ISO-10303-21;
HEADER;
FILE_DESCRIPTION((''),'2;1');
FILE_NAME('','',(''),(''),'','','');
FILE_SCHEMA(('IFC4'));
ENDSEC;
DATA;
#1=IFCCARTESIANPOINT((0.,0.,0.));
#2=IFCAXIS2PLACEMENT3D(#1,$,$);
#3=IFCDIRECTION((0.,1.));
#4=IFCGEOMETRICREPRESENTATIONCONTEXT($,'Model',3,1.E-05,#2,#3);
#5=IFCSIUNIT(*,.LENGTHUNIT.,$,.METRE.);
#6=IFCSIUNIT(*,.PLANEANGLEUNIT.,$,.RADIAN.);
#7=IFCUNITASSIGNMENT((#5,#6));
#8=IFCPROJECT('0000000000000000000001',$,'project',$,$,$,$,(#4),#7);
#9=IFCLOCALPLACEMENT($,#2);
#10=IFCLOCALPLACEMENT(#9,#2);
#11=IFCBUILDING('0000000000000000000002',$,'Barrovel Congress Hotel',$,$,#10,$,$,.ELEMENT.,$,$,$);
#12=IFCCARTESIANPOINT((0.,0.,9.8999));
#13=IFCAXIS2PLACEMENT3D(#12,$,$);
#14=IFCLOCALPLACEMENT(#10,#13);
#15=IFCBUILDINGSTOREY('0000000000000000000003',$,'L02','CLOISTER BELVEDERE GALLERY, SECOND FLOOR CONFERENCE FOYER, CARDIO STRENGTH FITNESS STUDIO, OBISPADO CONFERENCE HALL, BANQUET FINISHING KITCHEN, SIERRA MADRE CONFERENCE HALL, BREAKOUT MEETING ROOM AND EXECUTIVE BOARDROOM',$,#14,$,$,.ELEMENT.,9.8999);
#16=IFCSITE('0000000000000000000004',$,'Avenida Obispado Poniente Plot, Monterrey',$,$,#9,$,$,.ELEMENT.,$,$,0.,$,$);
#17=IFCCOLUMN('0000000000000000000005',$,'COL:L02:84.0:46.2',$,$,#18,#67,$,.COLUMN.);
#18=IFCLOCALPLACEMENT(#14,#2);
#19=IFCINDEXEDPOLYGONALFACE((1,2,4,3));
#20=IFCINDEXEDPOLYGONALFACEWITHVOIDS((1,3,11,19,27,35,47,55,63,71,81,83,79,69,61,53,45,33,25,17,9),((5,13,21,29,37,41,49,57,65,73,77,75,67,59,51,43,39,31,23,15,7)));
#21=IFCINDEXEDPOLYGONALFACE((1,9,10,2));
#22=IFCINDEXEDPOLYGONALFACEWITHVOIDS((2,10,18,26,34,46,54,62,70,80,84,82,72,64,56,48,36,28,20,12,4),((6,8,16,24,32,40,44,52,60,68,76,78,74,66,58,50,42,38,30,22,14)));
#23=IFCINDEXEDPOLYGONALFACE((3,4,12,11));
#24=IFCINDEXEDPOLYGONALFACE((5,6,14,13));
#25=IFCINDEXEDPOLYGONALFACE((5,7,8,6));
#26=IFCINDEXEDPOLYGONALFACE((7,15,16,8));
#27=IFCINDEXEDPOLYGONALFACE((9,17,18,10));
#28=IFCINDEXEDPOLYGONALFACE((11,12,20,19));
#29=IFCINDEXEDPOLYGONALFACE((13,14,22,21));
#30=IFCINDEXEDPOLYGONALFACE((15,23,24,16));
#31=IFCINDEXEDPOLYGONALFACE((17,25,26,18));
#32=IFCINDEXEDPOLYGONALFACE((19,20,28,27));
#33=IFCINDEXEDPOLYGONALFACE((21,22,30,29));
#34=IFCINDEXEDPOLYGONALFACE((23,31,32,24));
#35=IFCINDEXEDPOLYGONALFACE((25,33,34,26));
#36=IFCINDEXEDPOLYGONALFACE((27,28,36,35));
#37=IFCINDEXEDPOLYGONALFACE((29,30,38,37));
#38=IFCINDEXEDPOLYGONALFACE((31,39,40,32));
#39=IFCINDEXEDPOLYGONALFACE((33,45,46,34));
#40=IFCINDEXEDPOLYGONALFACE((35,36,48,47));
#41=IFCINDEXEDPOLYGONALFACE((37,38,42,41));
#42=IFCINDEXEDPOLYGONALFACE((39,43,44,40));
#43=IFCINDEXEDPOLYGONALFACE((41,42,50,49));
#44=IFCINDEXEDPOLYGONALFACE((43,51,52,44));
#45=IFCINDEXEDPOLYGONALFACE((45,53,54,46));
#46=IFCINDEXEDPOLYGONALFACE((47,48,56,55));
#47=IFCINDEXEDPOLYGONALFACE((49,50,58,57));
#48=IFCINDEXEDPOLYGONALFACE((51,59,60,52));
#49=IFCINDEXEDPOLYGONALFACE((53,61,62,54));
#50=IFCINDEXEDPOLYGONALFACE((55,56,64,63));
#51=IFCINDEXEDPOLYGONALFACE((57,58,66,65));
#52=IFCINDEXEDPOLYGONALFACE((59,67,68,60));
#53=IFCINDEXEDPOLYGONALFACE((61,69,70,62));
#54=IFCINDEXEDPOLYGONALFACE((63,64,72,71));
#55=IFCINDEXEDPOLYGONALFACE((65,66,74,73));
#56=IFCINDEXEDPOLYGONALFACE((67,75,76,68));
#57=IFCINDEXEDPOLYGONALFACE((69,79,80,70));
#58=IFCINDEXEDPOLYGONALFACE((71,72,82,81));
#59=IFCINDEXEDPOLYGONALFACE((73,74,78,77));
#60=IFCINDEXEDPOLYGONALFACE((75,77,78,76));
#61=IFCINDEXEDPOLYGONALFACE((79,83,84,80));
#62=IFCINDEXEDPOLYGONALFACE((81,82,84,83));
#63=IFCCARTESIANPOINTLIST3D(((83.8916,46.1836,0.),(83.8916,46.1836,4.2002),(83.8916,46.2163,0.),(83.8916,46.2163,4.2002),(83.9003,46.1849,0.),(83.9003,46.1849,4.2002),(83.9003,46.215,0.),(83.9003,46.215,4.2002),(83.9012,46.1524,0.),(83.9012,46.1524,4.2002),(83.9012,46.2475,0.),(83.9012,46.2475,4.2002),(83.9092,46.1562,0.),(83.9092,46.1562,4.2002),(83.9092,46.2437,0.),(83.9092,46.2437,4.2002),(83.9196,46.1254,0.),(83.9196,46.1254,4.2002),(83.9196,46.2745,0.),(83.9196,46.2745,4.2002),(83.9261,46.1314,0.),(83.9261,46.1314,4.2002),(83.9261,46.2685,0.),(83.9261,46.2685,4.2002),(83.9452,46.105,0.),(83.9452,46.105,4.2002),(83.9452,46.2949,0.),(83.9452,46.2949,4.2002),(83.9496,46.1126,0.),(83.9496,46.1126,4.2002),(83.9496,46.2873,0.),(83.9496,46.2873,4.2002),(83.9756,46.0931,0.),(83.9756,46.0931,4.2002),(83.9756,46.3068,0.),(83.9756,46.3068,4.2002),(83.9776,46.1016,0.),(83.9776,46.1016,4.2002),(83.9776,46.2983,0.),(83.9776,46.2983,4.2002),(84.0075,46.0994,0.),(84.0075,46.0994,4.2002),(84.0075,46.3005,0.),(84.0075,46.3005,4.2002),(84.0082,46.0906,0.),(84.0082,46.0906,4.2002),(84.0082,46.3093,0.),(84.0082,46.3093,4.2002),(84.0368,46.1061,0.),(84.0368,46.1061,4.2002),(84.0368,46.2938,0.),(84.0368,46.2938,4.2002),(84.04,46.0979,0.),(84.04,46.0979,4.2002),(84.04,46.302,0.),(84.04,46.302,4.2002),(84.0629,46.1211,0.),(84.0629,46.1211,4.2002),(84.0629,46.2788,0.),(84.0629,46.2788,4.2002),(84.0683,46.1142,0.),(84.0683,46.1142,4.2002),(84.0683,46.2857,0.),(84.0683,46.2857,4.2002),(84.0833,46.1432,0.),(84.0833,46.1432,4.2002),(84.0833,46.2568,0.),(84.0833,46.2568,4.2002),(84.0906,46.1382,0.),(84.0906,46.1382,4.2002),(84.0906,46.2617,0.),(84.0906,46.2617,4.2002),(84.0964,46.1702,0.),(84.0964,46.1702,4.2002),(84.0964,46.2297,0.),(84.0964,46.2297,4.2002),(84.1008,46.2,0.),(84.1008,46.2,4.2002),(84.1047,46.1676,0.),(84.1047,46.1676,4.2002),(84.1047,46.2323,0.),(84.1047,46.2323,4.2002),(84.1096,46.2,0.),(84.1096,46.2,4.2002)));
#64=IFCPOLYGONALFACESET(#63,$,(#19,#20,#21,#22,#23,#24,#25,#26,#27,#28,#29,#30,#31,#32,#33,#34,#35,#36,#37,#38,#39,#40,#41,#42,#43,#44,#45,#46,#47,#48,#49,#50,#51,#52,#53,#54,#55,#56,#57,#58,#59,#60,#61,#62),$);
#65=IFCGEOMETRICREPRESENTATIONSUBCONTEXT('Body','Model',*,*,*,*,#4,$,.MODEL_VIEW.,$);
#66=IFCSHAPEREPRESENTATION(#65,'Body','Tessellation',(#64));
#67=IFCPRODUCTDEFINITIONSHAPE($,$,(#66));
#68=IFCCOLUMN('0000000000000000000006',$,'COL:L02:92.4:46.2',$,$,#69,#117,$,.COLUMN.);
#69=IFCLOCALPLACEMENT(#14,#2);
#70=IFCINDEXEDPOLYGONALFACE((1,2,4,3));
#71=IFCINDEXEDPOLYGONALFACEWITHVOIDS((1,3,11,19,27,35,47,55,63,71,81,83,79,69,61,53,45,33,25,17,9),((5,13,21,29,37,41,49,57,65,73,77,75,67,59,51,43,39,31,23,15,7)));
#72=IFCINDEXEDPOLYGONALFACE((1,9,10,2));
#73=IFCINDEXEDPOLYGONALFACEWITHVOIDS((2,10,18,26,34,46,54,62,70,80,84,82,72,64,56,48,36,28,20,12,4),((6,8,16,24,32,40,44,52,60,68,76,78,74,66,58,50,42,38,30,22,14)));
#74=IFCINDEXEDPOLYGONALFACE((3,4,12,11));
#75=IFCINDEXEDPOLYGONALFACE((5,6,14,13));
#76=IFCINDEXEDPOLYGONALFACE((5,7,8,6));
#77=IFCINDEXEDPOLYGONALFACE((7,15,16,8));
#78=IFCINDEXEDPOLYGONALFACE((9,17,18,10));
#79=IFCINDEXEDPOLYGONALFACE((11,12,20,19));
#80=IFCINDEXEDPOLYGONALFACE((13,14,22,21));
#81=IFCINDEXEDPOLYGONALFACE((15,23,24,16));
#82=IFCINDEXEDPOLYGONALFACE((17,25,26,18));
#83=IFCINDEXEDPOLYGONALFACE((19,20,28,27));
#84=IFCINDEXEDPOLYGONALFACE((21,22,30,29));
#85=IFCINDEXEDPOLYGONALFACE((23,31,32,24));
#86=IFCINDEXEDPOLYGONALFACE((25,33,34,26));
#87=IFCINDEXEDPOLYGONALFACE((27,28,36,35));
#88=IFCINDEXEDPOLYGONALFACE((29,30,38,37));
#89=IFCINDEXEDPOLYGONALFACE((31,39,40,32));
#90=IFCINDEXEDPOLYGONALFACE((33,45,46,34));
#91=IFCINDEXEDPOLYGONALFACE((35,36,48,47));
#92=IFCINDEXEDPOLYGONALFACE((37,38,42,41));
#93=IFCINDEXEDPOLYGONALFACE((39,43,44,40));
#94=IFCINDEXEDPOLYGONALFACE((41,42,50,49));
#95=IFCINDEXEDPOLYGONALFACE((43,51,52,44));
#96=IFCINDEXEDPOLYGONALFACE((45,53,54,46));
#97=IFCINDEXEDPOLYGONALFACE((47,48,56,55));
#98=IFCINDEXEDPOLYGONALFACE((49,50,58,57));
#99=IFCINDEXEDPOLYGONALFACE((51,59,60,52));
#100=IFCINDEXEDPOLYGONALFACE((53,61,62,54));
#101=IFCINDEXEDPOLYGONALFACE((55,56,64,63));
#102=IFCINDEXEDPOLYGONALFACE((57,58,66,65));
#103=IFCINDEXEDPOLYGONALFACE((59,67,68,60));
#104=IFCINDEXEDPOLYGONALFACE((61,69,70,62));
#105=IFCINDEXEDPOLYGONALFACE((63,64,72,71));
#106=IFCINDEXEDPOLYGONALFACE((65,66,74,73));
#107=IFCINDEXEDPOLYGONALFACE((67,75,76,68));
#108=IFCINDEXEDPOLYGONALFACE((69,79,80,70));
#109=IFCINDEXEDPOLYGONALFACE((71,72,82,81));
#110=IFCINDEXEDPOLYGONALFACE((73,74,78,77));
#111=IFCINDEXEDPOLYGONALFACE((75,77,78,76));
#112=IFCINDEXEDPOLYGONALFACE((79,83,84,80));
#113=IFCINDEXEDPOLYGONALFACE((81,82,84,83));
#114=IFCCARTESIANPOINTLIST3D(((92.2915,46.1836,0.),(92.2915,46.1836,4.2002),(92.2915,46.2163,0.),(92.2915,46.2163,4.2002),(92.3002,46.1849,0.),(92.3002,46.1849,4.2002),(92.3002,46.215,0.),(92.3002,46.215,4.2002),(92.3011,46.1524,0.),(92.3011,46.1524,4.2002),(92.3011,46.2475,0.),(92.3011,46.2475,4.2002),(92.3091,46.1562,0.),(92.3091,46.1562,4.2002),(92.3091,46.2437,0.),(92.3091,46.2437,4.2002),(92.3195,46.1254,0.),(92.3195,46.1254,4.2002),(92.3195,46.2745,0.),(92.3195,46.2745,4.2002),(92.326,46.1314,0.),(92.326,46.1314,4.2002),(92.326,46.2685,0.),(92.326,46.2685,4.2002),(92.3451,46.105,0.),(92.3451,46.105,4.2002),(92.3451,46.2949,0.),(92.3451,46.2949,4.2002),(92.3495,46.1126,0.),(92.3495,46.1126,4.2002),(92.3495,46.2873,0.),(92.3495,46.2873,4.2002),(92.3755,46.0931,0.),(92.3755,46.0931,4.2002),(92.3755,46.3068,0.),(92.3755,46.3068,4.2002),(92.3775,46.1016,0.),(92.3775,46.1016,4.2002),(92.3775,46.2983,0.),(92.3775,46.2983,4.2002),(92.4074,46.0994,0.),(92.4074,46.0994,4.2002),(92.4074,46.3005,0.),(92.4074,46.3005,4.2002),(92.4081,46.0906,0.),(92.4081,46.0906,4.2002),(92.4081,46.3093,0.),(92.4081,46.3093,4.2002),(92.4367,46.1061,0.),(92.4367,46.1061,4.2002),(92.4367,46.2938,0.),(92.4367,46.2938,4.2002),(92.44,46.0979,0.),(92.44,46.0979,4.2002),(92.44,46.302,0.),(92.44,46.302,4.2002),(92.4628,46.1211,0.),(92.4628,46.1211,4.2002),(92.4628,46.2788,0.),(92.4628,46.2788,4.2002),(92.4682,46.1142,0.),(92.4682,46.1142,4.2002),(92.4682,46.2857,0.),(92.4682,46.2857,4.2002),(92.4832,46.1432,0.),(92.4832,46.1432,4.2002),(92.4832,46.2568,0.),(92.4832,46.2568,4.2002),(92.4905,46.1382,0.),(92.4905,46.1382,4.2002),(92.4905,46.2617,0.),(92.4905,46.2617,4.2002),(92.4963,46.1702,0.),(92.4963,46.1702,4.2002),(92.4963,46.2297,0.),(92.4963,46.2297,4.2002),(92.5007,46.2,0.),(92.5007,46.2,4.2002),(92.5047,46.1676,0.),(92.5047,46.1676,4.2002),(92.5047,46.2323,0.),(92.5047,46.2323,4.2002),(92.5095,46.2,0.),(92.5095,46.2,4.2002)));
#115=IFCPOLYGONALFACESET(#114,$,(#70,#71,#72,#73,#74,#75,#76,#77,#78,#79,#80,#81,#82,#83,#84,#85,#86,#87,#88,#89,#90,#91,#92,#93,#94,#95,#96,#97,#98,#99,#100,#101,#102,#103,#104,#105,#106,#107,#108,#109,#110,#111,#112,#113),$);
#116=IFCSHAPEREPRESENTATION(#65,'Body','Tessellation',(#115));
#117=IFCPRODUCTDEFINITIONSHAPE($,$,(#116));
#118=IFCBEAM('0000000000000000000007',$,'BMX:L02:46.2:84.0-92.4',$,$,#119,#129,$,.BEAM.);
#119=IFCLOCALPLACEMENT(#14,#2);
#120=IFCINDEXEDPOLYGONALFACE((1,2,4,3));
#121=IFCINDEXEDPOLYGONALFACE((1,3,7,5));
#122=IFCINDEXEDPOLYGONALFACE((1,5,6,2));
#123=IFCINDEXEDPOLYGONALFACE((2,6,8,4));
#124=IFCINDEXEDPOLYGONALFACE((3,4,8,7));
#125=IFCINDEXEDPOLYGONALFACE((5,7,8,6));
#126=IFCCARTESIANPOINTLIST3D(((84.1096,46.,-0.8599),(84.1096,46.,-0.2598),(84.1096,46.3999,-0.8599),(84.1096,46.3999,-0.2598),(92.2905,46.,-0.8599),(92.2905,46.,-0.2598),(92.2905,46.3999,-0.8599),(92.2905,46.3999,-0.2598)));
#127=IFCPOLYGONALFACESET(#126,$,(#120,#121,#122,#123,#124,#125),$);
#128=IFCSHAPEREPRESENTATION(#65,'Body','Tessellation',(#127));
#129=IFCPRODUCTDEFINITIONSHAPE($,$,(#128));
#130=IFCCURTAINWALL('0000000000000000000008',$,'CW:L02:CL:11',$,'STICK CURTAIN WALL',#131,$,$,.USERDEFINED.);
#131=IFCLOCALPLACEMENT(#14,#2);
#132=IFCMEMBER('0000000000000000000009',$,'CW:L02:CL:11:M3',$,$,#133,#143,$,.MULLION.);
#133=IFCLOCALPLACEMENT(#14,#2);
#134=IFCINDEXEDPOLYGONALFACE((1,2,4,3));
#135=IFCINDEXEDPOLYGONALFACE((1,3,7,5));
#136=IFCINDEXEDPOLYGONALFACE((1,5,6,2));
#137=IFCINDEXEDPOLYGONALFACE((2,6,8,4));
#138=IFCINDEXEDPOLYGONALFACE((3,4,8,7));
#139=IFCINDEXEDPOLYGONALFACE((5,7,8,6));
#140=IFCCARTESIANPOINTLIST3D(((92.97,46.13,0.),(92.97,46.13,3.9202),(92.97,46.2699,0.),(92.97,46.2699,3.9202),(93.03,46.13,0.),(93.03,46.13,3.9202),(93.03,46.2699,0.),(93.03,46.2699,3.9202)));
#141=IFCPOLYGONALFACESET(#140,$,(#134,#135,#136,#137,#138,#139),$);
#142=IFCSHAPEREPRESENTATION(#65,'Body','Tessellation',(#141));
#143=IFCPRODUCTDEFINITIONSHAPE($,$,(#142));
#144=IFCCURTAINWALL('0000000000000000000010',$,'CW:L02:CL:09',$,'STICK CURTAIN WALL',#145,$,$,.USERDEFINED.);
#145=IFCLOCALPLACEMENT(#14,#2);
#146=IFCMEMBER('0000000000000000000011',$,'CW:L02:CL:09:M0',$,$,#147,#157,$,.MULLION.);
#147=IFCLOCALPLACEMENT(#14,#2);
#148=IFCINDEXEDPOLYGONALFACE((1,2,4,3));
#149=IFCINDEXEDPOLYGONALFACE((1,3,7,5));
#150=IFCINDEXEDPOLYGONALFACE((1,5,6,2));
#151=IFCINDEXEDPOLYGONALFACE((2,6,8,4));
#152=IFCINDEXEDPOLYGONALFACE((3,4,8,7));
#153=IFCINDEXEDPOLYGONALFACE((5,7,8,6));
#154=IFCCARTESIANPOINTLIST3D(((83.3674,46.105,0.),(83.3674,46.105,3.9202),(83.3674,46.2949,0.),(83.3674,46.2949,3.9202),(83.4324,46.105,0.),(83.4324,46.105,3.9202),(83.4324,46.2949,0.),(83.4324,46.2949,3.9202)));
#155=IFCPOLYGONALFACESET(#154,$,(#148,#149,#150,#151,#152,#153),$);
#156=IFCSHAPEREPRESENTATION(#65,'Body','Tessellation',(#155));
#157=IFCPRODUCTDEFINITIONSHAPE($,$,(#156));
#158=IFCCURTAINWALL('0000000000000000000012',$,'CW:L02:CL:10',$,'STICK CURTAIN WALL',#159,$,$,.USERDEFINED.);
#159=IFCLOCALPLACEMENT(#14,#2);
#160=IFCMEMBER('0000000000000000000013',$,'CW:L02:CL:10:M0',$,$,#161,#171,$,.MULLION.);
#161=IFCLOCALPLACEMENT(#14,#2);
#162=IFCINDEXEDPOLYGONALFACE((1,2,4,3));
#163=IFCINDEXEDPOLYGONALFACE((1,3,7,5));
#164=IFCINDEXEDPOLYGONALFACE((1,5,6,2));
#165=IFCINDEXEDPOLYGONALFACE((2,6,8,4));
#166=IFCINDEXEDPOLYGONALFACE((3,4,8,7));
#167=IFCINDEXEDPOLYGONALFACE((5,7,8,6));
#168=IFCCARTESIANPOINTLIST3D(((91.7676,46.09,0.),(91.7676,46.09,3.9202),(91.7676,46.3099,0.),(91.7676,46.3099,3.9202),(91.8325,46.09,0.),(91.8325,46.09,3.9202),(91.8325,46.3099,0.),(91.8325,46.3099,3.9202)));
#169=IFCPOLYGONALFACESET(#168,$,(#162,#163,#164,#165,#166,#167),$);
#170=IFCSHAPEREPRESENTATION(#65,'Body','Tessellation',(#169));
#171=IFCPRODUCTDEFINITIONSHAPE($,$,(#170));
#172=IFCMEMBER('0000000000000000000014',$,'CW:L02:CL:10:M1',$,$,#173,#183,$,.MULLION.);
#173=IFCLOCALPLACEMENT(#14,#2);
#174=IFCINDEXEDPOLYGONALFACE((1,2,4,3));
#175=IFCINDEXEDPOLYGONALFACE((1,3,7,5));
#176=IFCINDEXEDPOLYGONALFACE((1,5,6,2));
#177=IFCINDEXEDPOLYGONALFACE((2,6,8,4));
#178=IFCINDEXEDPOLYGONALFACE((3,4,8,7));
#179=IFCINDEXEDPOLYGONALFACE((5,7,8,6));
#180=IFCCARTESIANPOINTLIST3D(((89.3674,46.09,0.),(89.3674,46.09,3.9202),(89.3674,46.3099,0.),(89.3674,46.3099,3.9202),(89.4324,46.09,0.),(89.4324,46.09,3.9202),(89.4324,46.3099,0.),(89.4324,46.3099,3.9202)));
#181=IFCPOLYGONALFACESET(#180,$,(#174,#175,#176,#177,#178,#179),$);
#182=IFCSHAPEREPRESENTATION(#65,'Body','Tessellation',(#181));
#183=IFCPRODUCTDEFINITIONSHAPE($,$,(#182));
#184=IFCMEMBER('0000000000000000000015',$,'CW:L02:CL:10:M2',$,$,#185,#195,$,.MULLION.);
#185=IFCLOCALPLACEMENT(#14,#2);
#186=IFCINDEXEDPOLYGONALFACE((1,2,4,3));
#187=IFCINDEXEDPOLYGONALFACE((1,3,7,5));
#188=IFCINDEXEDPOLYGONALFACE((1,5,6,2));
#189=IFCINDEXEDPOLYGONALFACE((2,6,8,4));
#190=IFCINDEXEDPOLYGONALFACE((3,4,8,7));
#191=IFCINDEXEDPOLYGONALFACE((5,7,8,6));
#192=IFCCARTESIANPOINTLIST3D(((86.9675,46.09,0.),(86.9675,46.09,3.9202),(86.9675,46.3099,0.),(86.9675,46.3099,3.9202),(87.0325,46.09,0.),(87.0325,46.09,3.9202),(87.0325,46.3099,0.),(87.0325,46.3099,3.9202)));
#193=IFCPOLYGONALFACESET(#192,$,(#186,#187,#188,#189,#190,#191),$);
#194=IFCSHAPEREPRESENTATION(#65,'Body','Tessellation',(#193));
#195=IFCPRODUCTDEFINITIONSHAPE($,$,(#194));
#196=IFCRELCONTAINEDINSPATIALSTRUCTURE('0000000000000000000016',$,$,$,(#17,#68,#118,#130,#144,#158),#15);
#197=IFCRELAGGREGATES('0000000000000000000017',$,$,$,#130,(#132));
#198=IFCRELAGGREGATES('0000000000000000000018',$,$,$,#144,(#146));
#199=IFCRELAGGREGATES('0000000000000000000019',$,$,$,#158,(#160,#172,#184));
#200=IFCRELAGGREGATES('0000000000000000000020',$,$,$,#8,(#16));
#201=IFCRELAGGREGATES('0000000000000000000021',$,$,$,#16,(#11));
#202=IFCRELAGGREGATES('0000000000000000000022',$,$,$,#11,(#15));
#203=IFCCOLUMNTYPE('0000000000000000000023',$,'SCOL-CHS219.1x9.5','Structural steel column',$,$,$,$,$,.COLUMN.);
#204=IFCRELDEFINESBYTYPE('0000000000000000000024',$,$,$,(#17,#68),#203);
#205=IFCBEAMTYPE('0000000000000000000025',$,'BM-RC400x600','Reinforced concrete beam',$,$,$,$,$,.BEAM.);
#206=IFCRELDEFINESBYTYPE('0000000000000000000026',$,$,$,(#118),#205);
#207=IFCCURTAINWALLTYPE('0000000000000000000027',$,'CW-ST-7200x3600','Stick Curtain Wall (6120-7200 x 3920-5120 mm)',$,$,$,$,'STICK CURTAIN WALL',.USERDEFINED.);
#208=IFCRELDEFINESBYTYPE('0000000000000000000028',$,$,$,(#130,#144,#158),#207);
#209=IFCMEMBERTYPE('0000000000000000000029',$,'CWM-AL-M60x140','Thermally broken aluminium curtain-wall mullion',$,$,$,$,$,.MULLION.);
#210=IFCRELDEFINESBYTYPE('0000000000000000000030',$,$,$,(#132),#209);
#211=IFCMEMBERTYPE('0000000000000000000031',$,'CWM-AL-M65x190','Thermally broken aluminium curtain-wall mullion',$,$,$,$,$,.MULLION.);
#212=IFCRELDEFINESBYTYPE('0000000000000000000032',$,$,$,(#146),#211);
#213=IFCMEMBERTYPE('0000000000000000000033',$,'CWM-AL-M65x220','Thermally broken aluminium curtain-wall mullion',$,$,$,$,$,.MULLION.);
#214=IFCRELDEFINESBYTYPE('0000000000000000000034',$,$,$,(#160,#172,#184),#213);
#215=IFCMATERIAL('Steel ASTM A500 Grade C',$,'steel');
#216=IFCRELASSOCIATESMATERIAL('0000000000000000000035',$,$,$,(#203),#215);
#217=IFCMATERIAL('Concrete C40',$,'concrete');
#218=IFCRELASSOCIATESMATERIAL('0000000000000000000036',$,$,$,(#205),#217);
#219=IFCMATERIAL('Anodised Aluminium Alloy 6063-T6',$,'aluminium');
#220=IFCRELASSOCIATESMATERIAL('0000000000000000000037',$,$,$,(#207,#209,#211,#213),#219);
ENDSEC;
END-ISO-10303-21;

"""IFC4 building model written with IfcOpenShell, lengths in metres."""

from ifc_helpers import new_model, si_unit, direction, frame, origin, origin_2d, place, context, subcontext, project, spatial, rectangle, hollow_circle, extrude, material, material_profile, profile_set, type_object, element, aggregate, save


model = new_model("IFC4")

# Units and contexts
model_context = context("Model", 3, precision=1e-05, world=origin(), true_north=direction((0.0, 1.0)))
body_context = subcontext(model_context, "Body", "Model", "MODEL_VIEW")
ifc_project = project(units=[si_unit("LENGTHUNIT", "METRE"), si_unit("PLANEANGLEUNIT", "RADIAN")], contexts=[model_context])

# Site, building, storey
site_placement = place(None, origin())
site = spatial("IfcSite", under=ifc_project, at=site_placement, Name="Avenida Obispado Poniente Plot, Monterrey", CompositionType="ELEMENT", RefElevation=0.0)
building_placement = place(site_placement, origin())
building = spatial("IfcBuilding", under=site, at=building_placement, Name="Barrovel Congress Hotel", CompositionType="ELEMENT")
storey_placement = place(building_placement, frame((0.0, 0.0, 9.8999)))
storey = spatial("IfcBuildingStorey", under=building, at=storey_placement, Name="L02", Description="CLOISTER BELVEDERE GALLERY, SECOND FLOOR CONFERENCE FOYER, CARDIO STRENGTH FITNESS STUDIO, OBISPADO CONFERENCE HALL, BANQUET FINISHING KITCHEN, SIERRA MADRE CONFERENCE HALL, BREAKOUT MEETING ROOM AND EXECUTIVE BOARDROOM", CompositionType="ELEMENT", Elevation=9.8999)

# Columns
ifc_material_1 = material(Name="Steel ASTM A500 Grade C", Category="steel")
ifc_material_profile_1 = material_profile(ifc_material_1, hollow_circle(Radius=0.1096, WallThickness=0.0088, at=origin_2d()), Name="CHS219.1x9.5")
ifc_profile_set_1 = profile_set([ifc_material_profile_1], Name="Steel ASTM A500 Grade C")
column_type = type_object("IfcColumnType", Name="SCOL-CHS219.1x9.5", Description="Structural steel column", PredefinedType="COLUMN", material=ifc_profile_set_1)
for number, where, z_axis, x_axis, name in (
    (1, (84.0, 46.2, 0.0), (0.0, 0.0, 1.0), (1.0, 0.0, 0.0), "COL:L02:84.0:46.2"),
    (2, (92.3999, 46.2, 0.0), (0.0, 0.0, 1.0), (1.0, 0.0, 0.0), "COL:L02:92.4:46.2"),
):
    element("IfcColumn", number, at=place(storey_placement, frame(where, z_axis=z_axis, x_axis=x_axis)), inside=storey, type_object=column_type, Name=name, PredefinedType="COLUMN", context=body_context, shape_type="SweptSolid", body=[
        extrude(hollow_circle(Radius=0.1096, WallThickness=0.0088, at=origin_2d()), origin(), (0.0, 0.0, 1.0), 4.2002),
    ])

# Beam
ifc_material_2 = material(Name="Concrete C40", Category="concrete")
ifc_material_profile_2 = material_profile(ifc_material_2, rectangle(XDim=0.3999, YDim=0.6001, at=origin_2d()), Name="RC400x600")
ifc_profile_set_2 = profile_set([ifc_material_profile_2], Name="Concrete C40")
beam_type_1 = type_object("IfcBeamType", Name="BM-RC400x600", Description="Reinforced concrete beam", PredefinedType="BEAM", material=ifc_profile_set_2)
beam_1_placement = place(storey_placement, frame((84.1096, 46.2, -0.5598), z_axis=(1.0, 0.0, 0.0), x_axis=(0.0, 1.0, 0.0)))
element("IfcBeam", 3, at=beam_1_placement, inside=storey, type_object=beam_type_1, Name="BMX:L02:46.2:84.0-92.4", PredefinedType="BEAM", context=body_context, shape_type="SweptSolid", body=[
    extrude(rectangle(XDim=0.3999, YDim=0.6001, at=origin_2d()), origin(), (0.0, 0.0, 1.0), 8.1809),
])

# Curtain walls, members
ifc_material_3 = material(Name="Anodised Aluminium Alloy 6063-T6", Category="aluminium")
curtain_wall_type = type_object("IfcCurtainWallType", Name="CW-ST-7200x3600", Description="Stick Curtain Wall (6120-7200 x 3920-5120 mm)", ElementType="STICK CURTAIN WALL", PredefinedType="USERDEFINED", material=ifc_material_3)
curtain_wall_1_placement = place(storey_placement, origin())
curtain_wall_1 = element("IfcCurtainWall", 4, at=curtain_wall_1_placement, inside=storey, type_object=curtain_wall_type, Name="CW:L02:CL:11", ObjectType="STICK CURTAIN WALL", PredefinedType="USERDEFINED")
ifc_material_profile_3 = material_profile(ifc_material_3, rectangle(XDim=0.0601, YDim=0.1399, at=origin_2d()), Name="AL-M60x140")
ifc_profile_set_3 = profile_set([ifc_material_profile_3], Name="Anodised Aluminium Alloy 6063-T6")
member_type_1 = type_object("IfcMemberType", Name="CWM-AL-M60x140", Description="Thermally broken aluminium curtain-wall mullion", PredefinedType="MULLION", material=ifc_profile_set_3)
member_1_placement = place(storey_placement, frame((93.0, 46.2, 0.0), z_axis=(0.0, 0.0, 1.0), x_axis=(1.0, 0.0, 0.0)))
member_1 = element("IfcMember", 5, at=member_1_placement, type_object=member_type_1, Name="CW:L02:CL:11:M3", PredefinedType="MULLION", context=body_context, shape_type="SweptSolid", body=[
    extrude(rectangle(XDim=0.0601, YDim=0.1399, at=origin_2d()), origin(), (0.0, 0.0, 1.0), 3.9202),
])
aggregate(curtain_wall_1, [member_1])
curtain_wall_2_placement = place(storey_placement, origin())
curtain_wall_2 = element("IfcCurtainWall", 6, at=curtain_wall_2_placement, inside=storey, type_object=curtain_wall_type, Name="CW:L02:CL:09", ObjectType="STICK CURTAIN WALL", PredefinedType="USERDEFINED")
ifc_material_profile_4 = material_profile(ifc_material_3, rectangle(XDim=0.0649, YDim=0.1899, at=origin_2d()), Name="AL-M65x190")
ifc_profile_set_4 = profile_set([ifc_material_profile_4], Name="Anodised Aluminium Alloy 6063-T6")
member_type_2 = type_object("IfcMemberType", Name="CWM-AL-M65x190", Description="Thermally broken aluminium curtain-wall mullion", PredefinedType="MULLION", material=ifc_profile_set_4)
member_2_placement = place(storey_placement, frame((83.3999, 46.2, 0.0), z_axis=(0.0, 0.0, 1.0), x_axis=(1.0, 0.0, 0.0)))
member_2 = element("IfcMember", 7, at=member_2_placement, type_object=member_type_2, Name="CW:L02:CL:09:M0", PredefinedType="MULLION", context=body_context, shape_type="SweptSolid", body=[
    extrude(rectangle(XDim=0.0649, YDim=0.1899, at=origin_2d()), origin(), (0.0, 0.0, 1.0), 3.9202),
])

# Curtain wall, members
curtain_wall_3_placement = place(storey_placement, origin())
curtain_wall_3 = element("IfcCurtainWall", 8, at=curtain_wall_3_placement, inside=storey, type_object=curtain_wall_type, Name="CW:L02:CL:10", ObjectType="STICK CURTAIN WALL", PredefinedType="USERDEFINED")
ifc_material_profile_5 = material_profile(ifc_material_3, rectangle(XDim=0.0649, YDim=0.22, at=origin_2d()), Name="AL-M65x220")
ifc_profile_set_5 = profile_set([ifc_material_profile_5], Name="Anodised Aluminium Alloy 6063-T6")
member_type_3 = type_object("IfcMemberType", Name="CWM-AL-M65x220", Description="Thermally broken aluminium curtain-wall mullion", PredefinedType="MULLION", material=ifc_profile_set_5)
member_3_placement = place(storey_placement, frame((91.8, 46.2, 0.0), z_axis=(0.0, 0.0, 1.0), x_axis=(1.0, 0.0, 0.0)))
member_3 = element("IfcMember", 9, at=member_3_placement, type_object=member_type_3, Name="CW:L02:CL:10:M0", PredefinedType="MULLION", context=body_context, shape_type="SweptSolid", body=[
    extrude(rectangle(XDim=0.0649, YDim=0.22, at=origin_2d()), origin(), (0.0, 0.0, 1.0), 3.9202),
])
member_4_placement = place(storey_placement, frame((89.3999, 46.2, 0.0), z_axis=(0.0, 0.0, 1.0), x_axis=(1.0, 0.0, 0.0)))
member_4 = element("IfcMember", 10, at=member_4_placement, type_object=member_type_3, Name="CW:L02:CL:10:M1", PredefinedType="MULLION", context=body_context, shape_type="SweptSolid", body=[
    extrude(rectangle(XDim=0.0649, YDim=0.22, at=origin_2d()), origin(), (0.0, 0.0, 1.0), 3.9202),
])
member_5_placement = place(storey_placement, frame((87.0, 46.2, 0.0), z_axis=(0.0, 0.0, 1.0), x_axis=(1.0, 0.0, 0.0)))
member_5 = element("IfcMember", 11, at=member_5_placement, type_object=member_type_3, Name="CW:L02:CL:10:M2", PredefinedType="MULLION", context=body_context, shape_type="SweptSolid", body=[
    extrude(rectangle(XDim=0.0649, YDim=0.22, at=origin_2d()), origin(), (0.0, 0.0, 1.0), 3.9202),
])

aggregate(curtain_wall_2, [member_2])

aggregate(curtain_wall_3, [member_3, member_4, member_5])

save(model, "model.ifc")
